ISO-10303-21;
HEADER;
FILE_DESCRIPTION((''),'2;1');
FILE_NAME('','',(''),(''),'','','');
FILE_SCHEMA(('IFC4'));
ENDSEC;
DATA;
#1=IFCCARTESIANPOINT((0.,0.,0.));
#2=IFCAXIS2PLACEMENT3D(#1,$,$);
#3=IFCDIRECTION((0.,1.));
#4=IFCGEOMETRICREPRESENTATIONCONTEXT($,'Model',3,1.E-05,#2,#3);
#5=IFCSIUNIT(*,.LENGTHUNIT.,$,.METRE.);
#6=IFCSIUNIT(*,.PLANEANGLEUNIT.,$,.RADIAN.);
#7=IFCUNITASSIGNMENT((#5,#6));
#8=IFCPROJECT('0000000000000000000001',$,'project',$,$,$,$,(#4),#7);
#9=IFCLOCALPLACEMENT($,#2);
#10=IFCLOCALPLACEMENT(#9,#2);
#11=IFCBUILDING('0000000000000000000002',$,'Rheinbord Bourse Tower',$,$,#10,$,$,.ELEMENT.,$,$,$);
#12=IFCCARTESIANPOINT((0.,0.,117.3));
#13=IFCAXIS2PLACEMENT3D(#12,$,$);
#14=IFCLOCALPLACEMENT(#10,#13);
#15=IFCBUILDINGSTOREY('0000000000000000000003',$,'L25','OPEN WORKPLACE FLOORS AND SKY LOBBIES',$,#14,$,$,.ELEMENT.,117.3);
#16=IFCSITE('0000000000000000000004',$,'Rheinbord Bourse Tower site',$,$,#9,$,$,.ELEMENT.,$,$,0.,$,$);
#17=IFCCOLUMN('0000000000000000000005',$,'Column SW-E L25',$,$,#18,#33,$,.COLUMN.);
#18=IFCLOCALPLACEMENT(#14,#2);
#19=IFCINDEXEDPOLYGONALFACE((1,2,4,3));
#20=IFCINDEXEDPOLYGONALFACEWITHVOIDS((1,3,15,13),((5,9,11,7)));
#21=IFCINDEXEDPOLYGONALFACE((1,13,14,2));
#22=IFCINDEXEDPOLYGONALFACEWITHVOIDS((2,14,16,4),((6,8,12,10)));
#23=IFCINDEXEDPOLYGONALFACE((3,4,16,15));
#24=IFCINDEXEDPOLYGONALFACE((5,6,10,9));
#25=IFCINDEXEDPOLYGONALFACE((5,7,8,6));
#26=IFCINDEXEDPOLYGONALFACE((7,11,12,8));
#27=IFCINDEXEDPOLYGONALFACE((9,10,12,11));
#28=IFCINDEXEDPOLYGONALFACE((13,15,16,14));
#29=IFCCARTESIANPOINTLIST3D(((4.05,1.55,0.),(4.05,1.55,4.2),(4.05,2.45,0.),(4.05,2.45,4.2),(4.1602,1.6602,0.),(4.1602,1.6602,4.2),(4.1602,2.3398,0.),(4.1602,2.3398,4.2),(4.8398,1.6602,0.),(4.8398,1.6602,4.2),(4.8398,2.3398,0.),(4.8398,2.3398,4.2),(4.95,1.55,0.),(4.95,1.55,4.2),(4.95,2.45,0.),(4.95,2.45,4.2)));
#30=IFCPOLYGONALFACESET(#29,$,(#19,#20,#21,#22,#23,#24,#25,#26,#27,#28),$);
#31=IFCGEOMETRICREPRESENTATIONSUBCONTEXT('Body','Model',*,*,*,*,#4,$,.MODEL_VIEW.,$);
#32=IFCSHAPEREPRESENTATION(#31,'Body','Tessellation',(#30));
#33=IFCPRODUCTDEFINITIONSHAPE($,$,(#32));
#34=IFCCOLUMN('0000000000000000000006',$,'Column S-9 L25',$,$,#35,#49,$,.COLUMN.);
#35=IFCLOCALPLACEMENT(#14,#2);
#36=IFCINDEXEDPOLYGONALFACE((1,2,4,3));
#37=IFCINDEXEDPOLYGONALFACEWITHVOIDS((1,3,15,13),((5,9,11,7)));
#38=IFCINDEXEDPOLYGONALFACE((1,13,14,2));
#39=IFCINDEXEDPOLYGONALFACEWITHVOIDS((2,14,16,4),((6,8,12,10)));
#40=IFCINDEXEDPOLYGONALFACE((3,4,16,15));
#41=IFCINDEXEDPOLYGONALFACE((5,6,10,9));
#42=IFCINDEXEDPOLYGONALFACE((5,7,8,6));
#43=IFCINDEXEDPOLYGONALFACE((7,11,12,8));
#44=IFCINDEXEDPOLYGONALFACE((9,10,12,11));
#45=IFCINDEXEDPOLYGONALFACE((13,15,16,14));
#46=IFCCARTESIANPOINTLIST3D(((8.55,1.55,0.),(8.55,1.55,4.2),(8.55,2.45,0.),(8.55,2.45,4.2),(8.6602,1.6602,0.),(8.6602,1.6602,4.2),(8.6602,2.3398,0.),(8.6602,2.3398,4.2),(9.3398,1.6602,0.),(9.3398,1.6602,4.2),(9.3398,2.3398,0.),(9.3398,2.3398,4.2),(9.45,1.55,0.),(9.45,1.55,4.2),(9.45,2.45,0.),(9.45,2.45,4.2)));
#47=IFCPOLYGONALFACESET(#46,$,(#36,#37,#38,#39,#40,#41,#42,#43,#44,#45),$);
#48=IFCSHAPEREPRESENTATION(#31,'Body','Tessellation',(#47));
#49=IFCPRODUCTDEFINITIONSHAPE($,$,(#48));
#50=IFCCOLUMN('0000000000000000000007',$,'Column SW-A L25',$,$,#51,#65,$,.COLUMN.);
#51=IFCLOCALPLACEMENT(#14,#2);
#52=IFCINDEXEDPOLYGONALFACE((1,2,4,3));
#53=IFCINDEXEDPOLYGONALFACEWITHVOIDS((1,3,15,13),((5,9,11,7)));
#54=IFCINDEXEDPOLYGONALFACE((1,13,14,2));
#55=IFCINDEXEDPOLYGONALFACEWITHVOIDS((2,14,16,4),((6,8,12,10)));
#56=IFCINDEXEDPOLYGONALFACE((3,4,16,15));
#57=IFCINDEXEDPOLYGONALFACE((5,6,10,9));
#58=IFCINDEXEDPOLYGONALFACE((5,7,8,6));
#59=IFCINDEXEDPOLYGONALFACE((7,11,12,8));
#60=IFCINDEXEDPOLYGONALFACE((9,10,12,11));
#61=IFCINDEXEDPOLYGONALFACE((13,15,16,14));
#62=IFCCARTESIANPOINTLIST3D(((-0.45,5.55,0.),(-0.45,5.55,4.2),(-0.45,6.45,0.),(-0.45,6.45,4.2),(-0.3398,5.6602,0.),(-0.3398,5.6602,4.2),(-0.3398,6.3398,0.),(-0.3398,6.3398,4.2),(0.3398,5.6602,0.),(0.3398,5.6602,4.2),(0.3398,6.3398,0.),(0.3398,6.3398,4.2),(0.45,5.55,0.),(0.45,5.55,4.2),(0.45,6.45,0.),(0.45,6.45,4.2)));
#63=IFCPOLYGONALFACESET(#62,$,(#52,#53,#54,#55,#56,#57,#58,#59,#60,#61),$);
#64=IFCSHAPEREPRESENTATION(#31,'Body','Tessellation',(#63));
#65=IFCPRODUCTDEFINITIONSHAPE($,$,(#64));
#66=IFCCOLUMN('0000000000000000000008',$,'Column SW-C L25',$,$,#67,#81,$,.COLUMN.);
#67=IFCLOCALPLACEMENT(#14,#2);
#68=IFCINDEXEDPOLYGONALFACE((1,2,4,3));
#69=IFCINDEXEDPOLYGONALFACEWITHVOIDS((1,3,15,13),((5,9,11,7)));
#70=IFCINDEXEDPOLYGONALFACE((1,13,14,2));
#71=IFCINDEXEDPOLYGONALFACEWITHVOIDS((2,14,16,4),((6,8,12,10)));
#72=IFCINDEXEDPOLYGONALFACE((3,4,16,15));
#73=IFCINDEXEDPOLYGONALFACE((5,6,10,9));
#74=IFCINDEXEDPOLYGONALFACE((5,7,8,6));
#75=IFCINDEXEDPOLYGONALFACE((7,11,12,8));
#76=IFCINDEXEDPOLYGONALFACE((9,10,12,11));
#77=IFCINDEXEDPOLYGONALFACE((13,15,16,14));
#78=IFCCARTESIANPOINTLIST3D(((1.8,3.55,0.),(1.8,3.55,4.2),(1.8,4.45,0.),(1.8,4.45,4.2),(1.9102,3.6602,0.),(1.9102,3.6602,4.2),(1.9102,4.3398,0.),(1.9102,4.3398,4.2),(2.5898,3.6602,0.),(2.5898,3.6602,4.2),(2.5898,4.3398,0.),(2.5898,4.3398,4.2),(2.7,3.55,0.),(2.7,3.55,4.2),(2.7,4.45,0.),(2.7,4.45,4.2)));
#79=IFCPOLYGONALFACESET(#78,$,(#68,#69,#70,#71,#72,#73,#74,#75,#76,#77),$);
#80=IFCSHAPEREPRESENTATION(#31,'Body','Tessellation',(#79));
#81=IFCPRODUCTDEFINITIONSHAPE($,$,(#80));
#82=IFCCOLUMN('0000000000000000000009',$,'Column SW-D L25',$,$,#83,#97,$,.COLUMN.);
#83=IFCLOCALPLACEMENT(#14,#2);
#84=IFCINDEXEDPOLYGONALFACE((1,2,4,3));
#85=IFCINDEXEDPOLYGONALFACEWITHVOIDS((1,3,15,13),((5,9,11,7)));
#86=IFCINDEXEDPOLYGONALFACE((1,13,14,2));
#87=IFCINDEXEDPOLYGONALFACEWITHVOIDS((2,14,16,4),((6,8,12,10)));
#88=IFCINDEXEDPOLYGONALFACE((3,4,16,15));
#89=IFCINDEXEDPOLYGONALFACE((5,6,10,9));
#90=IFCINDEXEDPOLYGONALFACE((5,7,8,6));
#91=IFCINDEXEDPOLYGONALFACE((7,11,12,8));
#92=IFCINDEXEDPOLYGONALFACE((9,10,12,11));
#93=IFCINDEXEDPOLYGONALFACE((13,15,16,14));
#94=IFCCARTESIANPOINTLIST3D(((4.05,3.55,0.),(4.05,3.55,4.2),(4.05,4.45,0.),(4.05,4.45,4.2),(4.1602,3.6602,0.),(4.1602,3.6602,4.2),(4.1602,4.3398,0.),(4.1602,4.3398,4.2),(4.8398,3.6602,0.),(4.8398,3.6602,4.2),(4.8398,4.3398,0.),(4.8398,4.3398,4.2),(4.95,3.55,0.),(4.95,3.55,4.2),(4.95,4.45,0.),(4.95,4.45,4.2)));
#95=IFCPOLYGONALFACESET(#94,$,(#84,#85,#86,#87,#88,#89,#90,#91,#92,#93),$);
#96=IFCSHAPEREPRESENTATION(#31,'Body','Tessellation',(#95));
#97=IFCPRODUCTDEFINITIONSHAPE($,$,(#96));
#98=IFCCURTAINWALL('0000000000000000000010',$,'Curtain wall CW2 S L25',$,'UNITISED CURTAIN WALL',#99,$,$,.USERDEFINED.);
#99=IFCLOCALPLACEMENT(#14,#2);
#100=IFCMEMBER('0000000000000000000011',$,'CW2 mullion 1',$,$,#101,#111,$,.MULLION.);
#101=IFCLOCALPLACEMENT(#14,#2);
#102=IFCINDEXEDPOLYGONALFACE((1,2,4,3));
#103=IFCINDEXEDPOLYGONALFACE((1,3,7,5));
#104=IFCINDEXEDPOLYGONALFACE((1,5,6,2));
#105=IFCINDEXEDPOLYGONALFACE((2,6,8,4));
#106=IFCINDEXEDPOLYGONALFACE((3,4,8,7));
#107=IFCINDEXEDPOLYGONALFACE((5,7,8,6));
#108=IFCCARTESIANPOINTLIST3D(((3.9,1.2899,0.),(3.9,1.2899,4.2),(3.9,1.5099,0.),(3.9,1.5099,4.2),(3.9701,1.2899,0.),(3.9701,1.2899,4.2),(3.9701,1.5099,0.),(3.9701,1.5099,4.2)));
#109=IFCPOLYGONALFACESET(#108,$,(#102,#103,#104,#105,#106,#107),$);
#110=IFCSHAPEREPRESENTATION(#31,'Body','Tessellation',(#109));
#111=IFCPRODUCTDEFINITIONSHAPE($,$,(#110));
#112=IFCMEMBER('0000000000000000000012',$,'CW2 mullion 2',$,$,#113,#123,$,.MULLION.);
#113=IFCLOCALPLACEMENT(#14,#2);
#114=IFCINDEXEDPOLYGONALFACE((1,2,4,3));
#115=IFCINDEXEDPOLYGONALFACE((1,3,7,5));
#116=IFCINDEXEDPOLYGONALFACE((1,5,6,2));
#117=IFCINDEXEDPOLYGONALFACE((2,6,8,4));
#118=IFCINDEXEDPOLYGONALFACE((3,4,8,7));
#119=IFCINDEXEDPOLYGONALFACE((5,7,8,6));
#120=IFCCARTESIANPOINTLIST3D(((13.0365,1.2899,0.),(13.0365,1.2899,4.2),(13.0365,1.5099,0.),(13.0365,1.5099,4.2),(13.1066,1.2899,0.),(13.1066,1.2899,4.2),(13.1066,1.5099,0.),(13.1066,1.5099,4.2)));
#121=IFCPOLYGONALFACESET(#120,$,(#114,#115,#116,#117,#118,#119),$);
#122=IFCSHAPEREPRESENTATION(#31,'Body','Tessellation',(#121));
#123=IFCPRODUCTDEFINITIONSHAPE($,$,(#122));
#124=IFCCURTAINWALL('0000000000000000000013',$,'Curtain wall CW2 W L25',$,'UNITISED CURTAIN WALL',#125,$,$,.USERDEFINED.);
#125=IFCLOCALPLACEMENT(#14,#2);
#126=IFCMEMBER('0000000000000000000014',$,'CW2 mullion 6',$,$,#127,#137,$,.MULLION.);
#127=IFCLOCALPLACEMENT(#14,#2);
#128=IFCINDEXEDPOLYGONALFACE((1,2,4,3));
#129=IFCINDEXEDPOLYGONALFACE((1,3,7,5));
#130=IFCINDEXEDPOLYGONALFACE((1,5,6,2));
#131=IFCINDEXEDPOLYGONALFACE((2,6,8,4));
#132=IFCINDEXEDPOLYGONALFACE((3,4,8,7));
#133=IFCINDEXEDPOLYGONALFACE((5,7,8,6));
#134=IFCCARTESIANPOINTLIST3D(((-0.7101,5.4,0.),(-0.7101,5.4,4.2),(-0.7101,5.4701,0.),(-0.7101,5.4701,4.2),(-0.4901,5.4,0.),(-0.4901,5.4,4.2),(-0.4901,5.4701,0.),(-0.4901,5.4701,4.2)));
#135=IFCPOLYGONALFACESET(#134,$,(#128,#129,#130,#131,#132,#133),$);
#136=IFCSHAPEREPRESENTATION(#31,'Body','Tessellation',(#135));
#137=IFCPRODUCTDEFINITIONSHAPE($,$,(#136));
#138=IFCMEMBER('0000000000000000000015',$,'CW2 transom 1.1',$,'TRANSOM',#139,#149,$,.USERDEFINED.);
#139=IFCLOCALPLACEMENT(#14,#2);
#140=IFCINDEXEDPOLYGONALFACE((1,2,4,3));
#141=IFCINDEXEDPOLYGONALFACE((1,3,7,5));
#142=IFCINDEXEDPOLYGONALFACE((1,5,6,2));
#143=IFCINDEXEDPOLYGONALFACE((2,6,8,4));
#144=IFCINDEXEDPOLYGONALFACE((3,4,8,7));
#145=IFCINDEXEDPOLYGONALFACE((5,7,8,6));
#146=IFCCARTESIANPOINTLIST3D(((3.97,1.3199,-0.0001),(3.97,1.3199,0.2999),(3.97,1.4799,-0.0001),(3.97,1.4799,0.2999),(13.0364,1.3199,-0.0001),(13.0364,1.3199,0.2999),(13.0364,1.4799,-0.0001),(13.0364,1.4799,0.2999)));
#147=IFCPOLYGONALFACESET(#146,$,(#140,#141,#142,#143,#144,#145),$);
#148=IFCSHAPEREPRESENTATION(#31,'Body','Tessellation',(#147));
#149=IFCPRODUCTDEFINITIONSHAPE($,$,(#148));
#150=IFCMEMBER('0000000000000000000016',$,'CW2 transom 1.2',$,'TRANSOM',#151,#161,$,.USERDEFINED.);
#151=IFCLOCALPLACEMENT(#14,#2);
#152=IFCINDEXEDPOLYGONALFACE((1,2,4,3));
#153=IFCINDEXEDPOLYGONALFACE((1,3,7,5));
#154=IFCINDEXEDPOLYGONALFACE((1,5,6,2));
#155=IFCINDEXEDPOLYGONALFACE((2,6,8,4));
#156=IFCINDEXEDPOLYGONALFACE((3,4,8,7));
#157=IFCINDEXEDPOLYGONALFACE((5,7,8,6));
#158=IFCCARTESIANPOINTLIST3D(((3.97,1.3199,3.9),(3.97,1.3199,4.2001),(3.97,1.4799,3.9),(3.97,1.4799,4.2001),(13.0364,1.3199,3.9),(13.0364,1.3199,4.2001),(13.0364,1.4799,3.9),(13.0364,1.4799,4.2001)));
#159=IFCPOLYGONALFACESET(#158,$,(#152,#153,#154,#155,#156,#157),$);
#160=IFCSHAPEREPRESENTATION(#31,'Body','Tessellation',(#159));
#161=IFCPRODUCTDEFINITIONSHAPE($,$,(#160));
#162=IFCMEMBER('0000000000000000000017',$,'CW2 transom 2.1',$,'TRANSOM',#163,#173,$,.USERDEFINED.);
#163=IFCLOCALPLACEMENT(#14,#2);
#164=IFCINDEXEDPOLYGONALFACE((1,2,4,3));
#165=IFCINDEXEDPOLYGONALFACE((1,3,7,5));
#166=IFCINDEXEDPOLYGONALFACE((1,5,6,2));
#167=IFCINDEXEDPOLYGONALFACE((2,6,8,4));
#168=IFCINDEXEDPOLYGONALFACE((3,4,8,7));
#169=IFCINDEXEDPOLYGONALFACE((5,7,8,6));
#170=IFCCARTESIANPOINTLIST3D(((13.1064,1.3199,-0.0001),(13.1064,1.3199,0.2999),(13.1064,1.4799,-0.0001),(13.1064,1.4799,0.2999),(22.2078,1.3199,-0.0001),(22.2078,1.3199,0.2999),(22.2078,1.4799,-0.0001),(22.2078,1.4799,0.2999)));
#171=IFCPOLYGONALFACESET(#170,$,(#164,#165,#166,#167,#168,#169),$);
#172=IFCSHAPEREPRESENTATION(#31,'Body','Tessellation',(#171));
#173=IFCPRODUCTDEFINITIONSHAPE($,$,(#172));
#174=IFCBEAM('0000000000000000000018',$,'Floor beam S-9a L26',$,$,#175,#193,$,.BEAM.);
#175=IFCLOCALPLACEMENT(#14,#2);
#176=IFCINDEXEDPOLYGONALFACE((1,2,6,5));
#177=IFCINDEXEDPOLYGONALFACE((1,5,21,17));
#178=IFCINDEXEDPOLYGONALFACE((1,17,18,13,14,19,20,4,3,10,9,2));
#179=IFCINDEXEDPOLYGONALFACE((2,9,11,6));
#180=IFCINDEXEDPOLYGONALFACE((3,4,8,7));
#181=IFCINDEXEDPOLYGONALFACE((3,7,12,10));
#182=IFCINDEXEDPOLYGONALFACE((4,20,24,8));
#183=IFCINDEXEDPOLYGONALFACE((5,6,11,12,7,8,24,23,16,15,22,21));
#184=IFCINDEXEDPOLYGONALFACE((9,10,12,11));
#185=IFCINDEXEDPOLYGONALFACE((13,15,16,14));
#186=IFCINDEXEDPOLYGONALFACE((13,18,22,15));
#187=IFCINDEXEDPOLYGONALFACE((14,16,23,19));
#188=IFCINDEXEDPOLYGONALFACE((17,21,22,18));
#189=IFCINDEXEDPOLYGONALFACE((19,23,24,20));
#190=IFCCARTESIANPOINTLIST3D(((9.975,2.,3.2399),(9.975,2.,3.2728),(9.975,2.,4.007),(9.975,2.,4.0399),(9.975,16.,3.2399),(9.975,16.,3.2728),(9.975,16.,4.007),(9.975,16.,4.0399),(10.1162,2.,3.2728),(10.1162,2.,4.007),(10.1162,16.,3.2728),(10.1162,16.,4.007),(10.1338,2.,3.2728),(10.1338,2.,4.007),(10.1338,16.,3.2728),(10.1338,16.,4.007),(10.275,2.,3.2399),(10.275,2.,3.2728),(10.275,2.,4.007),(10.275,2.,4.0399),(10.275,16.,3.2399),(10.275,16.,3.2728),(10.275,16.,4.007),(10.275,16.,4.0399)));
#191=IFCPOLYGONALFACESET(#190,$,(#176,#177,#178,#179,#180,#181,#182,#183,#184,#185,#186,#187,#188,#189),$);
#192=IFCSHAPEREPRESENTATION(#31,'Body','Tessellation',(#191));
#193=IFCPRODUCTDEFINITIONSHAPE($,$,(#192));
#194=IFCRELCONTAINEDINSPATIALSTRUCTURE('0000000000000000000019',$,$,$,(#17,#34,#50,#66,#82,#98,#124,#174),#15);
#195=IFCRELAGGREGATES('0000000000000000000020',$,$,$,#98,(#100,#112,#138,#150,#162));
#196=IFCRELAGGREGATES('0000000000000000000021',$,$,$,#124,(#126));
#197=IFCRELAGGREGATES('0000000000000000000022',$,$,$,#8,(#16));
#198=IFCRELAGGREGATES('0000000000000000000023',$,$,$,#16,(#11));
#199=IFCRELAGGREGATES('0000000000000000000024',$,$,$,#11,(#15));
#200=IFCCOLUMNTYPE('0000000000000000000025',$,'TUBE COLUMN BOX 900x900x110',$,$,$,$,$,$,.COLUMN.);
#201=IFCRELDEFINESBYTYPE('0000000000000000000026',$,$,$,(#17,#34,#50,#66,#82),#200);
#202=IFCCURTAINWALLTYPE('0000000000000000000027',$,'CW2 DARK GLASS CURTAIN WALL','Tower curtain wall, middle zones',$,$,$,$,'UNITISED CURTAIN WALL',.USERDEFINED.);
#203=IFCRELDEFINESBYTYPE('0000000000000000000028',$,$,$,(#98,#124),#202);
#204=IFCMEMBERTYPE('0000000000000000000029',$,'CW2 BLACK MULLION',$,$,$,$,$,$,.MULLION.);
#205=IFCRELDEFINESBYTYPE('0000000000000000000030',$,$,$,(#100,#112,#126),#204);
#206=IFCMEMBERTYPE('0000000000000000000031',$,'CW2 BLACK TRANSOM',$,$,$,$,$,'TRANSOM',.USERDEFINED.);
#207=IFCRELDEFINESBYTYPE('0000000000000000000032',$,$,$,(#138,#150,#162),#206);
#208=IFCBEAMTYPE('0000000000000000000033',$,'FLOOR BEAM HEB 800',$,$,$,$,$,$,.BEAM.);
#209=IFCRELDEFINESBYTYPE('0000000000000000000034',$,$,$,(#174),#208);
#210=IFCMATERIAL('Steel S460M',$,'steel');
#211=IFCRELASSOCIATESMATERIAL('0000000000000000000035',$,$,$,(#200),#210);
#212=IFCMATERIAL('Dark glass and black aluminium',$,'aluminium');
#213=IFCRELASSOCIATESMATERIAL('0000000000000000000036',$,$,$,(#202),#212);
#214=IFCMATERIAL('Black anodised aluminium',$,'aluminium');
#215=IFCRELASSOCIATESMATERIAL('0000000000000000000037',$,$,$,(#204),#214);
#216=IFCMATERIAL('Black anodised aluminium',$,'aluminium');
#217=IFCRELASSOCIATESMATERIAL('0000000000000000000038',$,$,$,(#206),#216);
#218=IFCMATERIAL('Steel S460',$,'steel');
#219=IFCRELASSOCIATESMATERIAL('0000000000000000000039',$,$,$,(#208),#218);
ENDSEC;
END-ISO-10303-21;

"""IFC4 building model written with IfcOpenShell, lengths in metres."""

from ifc_helpers import new_model, si_unit, direction, frame, origin, origin_2d, place, context, subcontext, project, spatial, rectangle, hollow_rectangle, i_section, extrude, material, material_profile, profile_set, type_object, element, aggregate, save


model = new_model("IFC4")

# Units and contexts
model_context = context("Model", 3, precision=1e-05, world=origin(), true_north=direction((0.0, 1.0)))
body_context = subcontext(model_context, "Body", "Model", "MODEL_VIEW")
ifc_project = project(units=[si_unit("LENGTHUNIT", "METRE"), si_unit("PLANEANGLEUNIT", "RADIAN")], contexts=[model_context])

# Site, building, storey
site_placement = place(None, origin())
site = spatial("IfcSite", under=ifc_project, at=site_placement, Name="Rheinbord Bourse Tower site", CompositionType="ELEMENT", RefElevation=0.0)
building_placement = place(site_placement, origin())
building = spatial("IfcBuilding", under=site, at=building_placement, Name="Rheinbord Bourse Tower", CompositionType="ELEMENT")
storey_placement = place(building_placement, frame((0.0, 0.0, 117.3)))
storey = spatial("IfcBuildingStorey", under=building, at=storey_placement, Name="L25", Description="OPEN WORKPLACE FLOORS AND SKY LOBBIES", CompositionType="ELEMENT", Elevation=117.3)

# Columns
ifc_material_1 = material(Name="Steel S460M", Category="steel")
ifc_material_profile_1 = material_profile(ifc_material_1, hollow_rectangle(XDim=0.8999, YDim=0.8999, WallThickness=0.1101, at=origin_2d()), Name="BOX 900x900x110")
ifc_profile_set_1 = profile_set([ifc_material_profile_1], Name="Steel S460M")
column_type = type_object("IfcColumnType", Name="TUBE COLUMN BOX 900x900x110", PredefinedType="COLUMN", material=ifc_profile_set_1)
for number, where, z_axis, x_axis, name in (
    (1, (4.5, 2.0, 0.0), (0.0, 0.0, 1.0), (0.0, 1.0, 0.0), "Column SW-E L25"),
    (2, (9.0, 2.0, 0.0), (0.0, 0.0, 1.0), (0.0, 1.0, 0.0), "Column S-9 L25"),
    (3, (0.0, 6.0, 0.0), (0.0, 0.0, 1.0), (1.0, 0.0, 0.0), "Column SW-A L25"),
    (4, (2.25, 4.0, 0.0), (0.0, 0.0, 1.0), (1.0, 0.0, 0.0), "Column SW-C L25"),
    (5, (4.5, 4.0, 0.0), (0.0, 0.0, 1.0), (0.0, 1.0, 0.0), "Column SW-D L25"),
):
    element("IfcColumn", number, at=place(storey_placement, frame(where, z_axis=z_axis, x_axis=x_axis)), inside=storey, type_object=column_type, Name=name, PredefinedType="COLUMN", context=body_context, shape_type="SweptSolid", body=[
        extrude(hollow_rectangle(XDim=0.8999, YDim=0.8999, WallThickness=0.1101, at=origin_2d()), origin(), (0.0, 0.0, 1.0), 4.2),
    ])

# Curtain wall, members
ifc_material_2 = material(Name="Dark glass and black aluminium", Category="aluminium")
curtain_wall_type = type_object("IfcCurtainWallType", Name="CW2 DARK GLASS CURTAIN WALL", Description="Tower curtain wall, middle zones", ElementType="UNITISED CURTAIN WALL", PredefinedType="USERDEFINED", material=ifc_material_2)
curtain_wall_1_placement = place(storey_placement, origin())
curtain_wall_1 = element("IfcCurtainWall", 6, at=curtain_wall_1_placement, inside=storey, type_object=curtain_wall_type, Name="Curtain wall CW2 S L25", ObjectType="UNITISED CURTAIN WALL", PredefinedType="USERDEFINED")
ifc_material_3 = material(Name="Black anodised aluminium", Category="aluminium")
ifc_material_profile_2 = material_profile(ifc_material_3, rectangle(XDim=0.22, YDim=0.0701, at=origin_2d()), Name="CW2 MULLION 70x220")
ifc_profile_set_2 = profile_set([ifc_material_profile_2], Name="Black anodised aluminium")
member_type_1 = type_object("IfcMemberType", Name="CW2 BLACK MULLION", PredefinedType="MULLION", material=ifc_profile_set_2)
member_1_placement = place(storey_placement, frame((3.9351, 1.3999, 0.0), z_axis=(0.0, 0.0, 1.0), x_axis=(0.0, 1.0, 0.0)))
member_1 = element("IfcMember", 7, at=member_1_placement, type_object=member_type_1, Name="CW2 mullion 1", PredefinedType="MULLION", context=body_context, shape_type="SweptSolid", body=[
    extrude(rectangle(XDim=0.22, YDim=0.0701, at=origin_2d()), origin(), (0.0, 0.0, 1.0), 4.2),
])
member_2_placement = place(storey_placement, frame((13.0715, 1.3999, 0.0), z_axis=(0.0, 0.0, 1.0), x_axis=(0.0, 1.0, 0.0)))
member_2 = element("IfcMember", 8, at=member_2_placement, type_object=member_type_1, Name="CW2 mullion 2", PredefinedType="MULLION", context=body_context, shape_type="SweptSolid", body=[
    extrude(rectangle(XDim=0.22, YDim=0.0701, at=origin_2d()), origin(), (0.0, 0.0, 1.0), 4.2),
])

# Curtain wall, member
curtain_wall_2_placement = place(storey_placement, origin())
curtain_wall_2 = element("IfcCurtainWall", 9, at=curtain_wall_2_placement, inside=storey, type_object=curtain_wall_type, Name="Curtain wall CW2 W L25", ObjectType="UNITISED CURTAIN WALL", PredefinedType="USERDEFINED")
member_3_placement = place(storey_placement, frame((-0.6001, 5.4351, 0.0), z_axis=(0.0, 0.0, 1.0), x_axis=(1.0, 0.0, 0.0)))
member_3 = element("IfcMember", 10, at=member_3_placement, type_object=member_type_1, Name="CW2 mullion 6", PredefinedType="MULLION", context=body_context, shape_type="SweptSolid", body=[
    extrude(rectangle(XDim=0.22, YDim=0.0701, at=origin_2d()), origin(), (0.0, 0.0, 1.0), 4.2),
])

# Members
ifc_material_4 = material(Name="Black anodised aluminium", Category="aluminium")
ifc_material_profile_3 = material_profile(ifc_material_4, rectangle(XDim=0.1599, YDim=0.3, at=origin_2d()), Name="CW2 TRANSOM 300x160")
ifc_profile_set_3 = profile_set([ifc_material_profile_3], Name="Black anodised aluminium")
member_type_2 = type_object("IfcMemberType", Name="CW2 BLACK TRANSOM", ElementType="TRANSOM", PredefinedType="USERDEFINED", material=ifc_profile_set_3)
member_4_placement = place(storey_placement, frame((3.97, 1.3999, 0.1499), z_axis=(1.0, 0.0, 0.0), x_axis=(0.0, 1.0, 0.0)))
member_4 = element("IfcMember", 11, at=member_4_placement, type_object=member_type_2, Name="CW2 transom 1.1", ObjectType="TRANSOM", PredefinedType="USERDEFINED", context=body_context, shape_type="SweptSolid", body=[
    extrude(rectangle(XDim=0.1599, YDim=0.3, at=origin_2d()), origin(), (0.0, 0.0, 1.0), 9.0664),
])
member_5_placement = place(storey_placement, frame((3.97, 1.3999, 4.05), z_axis=(1.0, 0.0, 0.0), x_axis=(0.0, 1.0, 0.0)))
member_5 = element("IfcMember", 12, at=member_5_placement, type_object=member_type_2, Name="CW2 transom 1.2", ObjectType="TRANSOM", PredefinedType="USERDEFINED", context=body_context, shape_type="SweptSolid", body=[
    extrude(rectangle(XDim=0.1599, YDim=0.3, at=origin_2d()), origin(), (0.0, 0.0, 1.0), 9.0664),
])
member_6_placement = place(storey_placement, frame((13.1064, 1.3999, 0.1499), z_axis=(1.0, 0.0, 0.0), x_axis=(0.0, 1.0, 0.0)))
member_6 = element("IfcMember", 13, at=member_6_placement, type_object=member_type_2, Name="CW2 transom 2.1", ObjectType="TRANSOM", PredefinedType="USERDEFINED", context=body_context, shape_type="SweptSolid", body=[
    extrude(rectangle(XDim=0.1599, YDim=0.3, at=origin_2d()), origin(), (0.0, 0.0, 1.0), 9.1013),
])

# Beam
ifc_material_5 = material(Name="Steel S460", Category="steel")
ifc_material_profile_4 = material_profile(ifc_material_5, i_section(OverallWidth=0.3, OverallDepth=0.8, WebThickness=0.0176, FlangeThickness=0.033, at=origin_2d()), Name="HEB 800")
ifc_profile_set_4 = profile_set([ifc_material_profile_4], Name="Steel S460")
beam_type_1 = type_object("IfcBeamType", Name="FLOOR BEAM HEB 800", PredefinedType="BEAM", material=ifc_profile_set_4)
for number, where, z_axis, x_axis, name in (
    (14, (10.125, 2.0, 3.6399), (0.0, 1.0, 0.0), (-1.0, 0.0, 0.0), "Floor beam S-9a L26"),
):
    element("IfcBeam", number, at=place(storey_placement, frame(where, z_axis=z_axis, x_axis=x_axis)), inside=storey, type_object=beam_type_1, Name=name, PredefinedType="BEAM", context=body_context, shape_type="SweptSolid", body=[
        extrude(i_section(OverallWidth=0.3, OverallDepth=0.8, WebThickness=0.0176, FlangeThickness=0.033, at=origin_2d()), origin(), (0.0, 0.0, 1.0), 14.0),
    ])

aggregate(curtain_wall_1, [member_1, member_2, member_4, member_5, member_6])
aggregate(curtain_wall_2, [member_3])

save(model, "model.ifc")
